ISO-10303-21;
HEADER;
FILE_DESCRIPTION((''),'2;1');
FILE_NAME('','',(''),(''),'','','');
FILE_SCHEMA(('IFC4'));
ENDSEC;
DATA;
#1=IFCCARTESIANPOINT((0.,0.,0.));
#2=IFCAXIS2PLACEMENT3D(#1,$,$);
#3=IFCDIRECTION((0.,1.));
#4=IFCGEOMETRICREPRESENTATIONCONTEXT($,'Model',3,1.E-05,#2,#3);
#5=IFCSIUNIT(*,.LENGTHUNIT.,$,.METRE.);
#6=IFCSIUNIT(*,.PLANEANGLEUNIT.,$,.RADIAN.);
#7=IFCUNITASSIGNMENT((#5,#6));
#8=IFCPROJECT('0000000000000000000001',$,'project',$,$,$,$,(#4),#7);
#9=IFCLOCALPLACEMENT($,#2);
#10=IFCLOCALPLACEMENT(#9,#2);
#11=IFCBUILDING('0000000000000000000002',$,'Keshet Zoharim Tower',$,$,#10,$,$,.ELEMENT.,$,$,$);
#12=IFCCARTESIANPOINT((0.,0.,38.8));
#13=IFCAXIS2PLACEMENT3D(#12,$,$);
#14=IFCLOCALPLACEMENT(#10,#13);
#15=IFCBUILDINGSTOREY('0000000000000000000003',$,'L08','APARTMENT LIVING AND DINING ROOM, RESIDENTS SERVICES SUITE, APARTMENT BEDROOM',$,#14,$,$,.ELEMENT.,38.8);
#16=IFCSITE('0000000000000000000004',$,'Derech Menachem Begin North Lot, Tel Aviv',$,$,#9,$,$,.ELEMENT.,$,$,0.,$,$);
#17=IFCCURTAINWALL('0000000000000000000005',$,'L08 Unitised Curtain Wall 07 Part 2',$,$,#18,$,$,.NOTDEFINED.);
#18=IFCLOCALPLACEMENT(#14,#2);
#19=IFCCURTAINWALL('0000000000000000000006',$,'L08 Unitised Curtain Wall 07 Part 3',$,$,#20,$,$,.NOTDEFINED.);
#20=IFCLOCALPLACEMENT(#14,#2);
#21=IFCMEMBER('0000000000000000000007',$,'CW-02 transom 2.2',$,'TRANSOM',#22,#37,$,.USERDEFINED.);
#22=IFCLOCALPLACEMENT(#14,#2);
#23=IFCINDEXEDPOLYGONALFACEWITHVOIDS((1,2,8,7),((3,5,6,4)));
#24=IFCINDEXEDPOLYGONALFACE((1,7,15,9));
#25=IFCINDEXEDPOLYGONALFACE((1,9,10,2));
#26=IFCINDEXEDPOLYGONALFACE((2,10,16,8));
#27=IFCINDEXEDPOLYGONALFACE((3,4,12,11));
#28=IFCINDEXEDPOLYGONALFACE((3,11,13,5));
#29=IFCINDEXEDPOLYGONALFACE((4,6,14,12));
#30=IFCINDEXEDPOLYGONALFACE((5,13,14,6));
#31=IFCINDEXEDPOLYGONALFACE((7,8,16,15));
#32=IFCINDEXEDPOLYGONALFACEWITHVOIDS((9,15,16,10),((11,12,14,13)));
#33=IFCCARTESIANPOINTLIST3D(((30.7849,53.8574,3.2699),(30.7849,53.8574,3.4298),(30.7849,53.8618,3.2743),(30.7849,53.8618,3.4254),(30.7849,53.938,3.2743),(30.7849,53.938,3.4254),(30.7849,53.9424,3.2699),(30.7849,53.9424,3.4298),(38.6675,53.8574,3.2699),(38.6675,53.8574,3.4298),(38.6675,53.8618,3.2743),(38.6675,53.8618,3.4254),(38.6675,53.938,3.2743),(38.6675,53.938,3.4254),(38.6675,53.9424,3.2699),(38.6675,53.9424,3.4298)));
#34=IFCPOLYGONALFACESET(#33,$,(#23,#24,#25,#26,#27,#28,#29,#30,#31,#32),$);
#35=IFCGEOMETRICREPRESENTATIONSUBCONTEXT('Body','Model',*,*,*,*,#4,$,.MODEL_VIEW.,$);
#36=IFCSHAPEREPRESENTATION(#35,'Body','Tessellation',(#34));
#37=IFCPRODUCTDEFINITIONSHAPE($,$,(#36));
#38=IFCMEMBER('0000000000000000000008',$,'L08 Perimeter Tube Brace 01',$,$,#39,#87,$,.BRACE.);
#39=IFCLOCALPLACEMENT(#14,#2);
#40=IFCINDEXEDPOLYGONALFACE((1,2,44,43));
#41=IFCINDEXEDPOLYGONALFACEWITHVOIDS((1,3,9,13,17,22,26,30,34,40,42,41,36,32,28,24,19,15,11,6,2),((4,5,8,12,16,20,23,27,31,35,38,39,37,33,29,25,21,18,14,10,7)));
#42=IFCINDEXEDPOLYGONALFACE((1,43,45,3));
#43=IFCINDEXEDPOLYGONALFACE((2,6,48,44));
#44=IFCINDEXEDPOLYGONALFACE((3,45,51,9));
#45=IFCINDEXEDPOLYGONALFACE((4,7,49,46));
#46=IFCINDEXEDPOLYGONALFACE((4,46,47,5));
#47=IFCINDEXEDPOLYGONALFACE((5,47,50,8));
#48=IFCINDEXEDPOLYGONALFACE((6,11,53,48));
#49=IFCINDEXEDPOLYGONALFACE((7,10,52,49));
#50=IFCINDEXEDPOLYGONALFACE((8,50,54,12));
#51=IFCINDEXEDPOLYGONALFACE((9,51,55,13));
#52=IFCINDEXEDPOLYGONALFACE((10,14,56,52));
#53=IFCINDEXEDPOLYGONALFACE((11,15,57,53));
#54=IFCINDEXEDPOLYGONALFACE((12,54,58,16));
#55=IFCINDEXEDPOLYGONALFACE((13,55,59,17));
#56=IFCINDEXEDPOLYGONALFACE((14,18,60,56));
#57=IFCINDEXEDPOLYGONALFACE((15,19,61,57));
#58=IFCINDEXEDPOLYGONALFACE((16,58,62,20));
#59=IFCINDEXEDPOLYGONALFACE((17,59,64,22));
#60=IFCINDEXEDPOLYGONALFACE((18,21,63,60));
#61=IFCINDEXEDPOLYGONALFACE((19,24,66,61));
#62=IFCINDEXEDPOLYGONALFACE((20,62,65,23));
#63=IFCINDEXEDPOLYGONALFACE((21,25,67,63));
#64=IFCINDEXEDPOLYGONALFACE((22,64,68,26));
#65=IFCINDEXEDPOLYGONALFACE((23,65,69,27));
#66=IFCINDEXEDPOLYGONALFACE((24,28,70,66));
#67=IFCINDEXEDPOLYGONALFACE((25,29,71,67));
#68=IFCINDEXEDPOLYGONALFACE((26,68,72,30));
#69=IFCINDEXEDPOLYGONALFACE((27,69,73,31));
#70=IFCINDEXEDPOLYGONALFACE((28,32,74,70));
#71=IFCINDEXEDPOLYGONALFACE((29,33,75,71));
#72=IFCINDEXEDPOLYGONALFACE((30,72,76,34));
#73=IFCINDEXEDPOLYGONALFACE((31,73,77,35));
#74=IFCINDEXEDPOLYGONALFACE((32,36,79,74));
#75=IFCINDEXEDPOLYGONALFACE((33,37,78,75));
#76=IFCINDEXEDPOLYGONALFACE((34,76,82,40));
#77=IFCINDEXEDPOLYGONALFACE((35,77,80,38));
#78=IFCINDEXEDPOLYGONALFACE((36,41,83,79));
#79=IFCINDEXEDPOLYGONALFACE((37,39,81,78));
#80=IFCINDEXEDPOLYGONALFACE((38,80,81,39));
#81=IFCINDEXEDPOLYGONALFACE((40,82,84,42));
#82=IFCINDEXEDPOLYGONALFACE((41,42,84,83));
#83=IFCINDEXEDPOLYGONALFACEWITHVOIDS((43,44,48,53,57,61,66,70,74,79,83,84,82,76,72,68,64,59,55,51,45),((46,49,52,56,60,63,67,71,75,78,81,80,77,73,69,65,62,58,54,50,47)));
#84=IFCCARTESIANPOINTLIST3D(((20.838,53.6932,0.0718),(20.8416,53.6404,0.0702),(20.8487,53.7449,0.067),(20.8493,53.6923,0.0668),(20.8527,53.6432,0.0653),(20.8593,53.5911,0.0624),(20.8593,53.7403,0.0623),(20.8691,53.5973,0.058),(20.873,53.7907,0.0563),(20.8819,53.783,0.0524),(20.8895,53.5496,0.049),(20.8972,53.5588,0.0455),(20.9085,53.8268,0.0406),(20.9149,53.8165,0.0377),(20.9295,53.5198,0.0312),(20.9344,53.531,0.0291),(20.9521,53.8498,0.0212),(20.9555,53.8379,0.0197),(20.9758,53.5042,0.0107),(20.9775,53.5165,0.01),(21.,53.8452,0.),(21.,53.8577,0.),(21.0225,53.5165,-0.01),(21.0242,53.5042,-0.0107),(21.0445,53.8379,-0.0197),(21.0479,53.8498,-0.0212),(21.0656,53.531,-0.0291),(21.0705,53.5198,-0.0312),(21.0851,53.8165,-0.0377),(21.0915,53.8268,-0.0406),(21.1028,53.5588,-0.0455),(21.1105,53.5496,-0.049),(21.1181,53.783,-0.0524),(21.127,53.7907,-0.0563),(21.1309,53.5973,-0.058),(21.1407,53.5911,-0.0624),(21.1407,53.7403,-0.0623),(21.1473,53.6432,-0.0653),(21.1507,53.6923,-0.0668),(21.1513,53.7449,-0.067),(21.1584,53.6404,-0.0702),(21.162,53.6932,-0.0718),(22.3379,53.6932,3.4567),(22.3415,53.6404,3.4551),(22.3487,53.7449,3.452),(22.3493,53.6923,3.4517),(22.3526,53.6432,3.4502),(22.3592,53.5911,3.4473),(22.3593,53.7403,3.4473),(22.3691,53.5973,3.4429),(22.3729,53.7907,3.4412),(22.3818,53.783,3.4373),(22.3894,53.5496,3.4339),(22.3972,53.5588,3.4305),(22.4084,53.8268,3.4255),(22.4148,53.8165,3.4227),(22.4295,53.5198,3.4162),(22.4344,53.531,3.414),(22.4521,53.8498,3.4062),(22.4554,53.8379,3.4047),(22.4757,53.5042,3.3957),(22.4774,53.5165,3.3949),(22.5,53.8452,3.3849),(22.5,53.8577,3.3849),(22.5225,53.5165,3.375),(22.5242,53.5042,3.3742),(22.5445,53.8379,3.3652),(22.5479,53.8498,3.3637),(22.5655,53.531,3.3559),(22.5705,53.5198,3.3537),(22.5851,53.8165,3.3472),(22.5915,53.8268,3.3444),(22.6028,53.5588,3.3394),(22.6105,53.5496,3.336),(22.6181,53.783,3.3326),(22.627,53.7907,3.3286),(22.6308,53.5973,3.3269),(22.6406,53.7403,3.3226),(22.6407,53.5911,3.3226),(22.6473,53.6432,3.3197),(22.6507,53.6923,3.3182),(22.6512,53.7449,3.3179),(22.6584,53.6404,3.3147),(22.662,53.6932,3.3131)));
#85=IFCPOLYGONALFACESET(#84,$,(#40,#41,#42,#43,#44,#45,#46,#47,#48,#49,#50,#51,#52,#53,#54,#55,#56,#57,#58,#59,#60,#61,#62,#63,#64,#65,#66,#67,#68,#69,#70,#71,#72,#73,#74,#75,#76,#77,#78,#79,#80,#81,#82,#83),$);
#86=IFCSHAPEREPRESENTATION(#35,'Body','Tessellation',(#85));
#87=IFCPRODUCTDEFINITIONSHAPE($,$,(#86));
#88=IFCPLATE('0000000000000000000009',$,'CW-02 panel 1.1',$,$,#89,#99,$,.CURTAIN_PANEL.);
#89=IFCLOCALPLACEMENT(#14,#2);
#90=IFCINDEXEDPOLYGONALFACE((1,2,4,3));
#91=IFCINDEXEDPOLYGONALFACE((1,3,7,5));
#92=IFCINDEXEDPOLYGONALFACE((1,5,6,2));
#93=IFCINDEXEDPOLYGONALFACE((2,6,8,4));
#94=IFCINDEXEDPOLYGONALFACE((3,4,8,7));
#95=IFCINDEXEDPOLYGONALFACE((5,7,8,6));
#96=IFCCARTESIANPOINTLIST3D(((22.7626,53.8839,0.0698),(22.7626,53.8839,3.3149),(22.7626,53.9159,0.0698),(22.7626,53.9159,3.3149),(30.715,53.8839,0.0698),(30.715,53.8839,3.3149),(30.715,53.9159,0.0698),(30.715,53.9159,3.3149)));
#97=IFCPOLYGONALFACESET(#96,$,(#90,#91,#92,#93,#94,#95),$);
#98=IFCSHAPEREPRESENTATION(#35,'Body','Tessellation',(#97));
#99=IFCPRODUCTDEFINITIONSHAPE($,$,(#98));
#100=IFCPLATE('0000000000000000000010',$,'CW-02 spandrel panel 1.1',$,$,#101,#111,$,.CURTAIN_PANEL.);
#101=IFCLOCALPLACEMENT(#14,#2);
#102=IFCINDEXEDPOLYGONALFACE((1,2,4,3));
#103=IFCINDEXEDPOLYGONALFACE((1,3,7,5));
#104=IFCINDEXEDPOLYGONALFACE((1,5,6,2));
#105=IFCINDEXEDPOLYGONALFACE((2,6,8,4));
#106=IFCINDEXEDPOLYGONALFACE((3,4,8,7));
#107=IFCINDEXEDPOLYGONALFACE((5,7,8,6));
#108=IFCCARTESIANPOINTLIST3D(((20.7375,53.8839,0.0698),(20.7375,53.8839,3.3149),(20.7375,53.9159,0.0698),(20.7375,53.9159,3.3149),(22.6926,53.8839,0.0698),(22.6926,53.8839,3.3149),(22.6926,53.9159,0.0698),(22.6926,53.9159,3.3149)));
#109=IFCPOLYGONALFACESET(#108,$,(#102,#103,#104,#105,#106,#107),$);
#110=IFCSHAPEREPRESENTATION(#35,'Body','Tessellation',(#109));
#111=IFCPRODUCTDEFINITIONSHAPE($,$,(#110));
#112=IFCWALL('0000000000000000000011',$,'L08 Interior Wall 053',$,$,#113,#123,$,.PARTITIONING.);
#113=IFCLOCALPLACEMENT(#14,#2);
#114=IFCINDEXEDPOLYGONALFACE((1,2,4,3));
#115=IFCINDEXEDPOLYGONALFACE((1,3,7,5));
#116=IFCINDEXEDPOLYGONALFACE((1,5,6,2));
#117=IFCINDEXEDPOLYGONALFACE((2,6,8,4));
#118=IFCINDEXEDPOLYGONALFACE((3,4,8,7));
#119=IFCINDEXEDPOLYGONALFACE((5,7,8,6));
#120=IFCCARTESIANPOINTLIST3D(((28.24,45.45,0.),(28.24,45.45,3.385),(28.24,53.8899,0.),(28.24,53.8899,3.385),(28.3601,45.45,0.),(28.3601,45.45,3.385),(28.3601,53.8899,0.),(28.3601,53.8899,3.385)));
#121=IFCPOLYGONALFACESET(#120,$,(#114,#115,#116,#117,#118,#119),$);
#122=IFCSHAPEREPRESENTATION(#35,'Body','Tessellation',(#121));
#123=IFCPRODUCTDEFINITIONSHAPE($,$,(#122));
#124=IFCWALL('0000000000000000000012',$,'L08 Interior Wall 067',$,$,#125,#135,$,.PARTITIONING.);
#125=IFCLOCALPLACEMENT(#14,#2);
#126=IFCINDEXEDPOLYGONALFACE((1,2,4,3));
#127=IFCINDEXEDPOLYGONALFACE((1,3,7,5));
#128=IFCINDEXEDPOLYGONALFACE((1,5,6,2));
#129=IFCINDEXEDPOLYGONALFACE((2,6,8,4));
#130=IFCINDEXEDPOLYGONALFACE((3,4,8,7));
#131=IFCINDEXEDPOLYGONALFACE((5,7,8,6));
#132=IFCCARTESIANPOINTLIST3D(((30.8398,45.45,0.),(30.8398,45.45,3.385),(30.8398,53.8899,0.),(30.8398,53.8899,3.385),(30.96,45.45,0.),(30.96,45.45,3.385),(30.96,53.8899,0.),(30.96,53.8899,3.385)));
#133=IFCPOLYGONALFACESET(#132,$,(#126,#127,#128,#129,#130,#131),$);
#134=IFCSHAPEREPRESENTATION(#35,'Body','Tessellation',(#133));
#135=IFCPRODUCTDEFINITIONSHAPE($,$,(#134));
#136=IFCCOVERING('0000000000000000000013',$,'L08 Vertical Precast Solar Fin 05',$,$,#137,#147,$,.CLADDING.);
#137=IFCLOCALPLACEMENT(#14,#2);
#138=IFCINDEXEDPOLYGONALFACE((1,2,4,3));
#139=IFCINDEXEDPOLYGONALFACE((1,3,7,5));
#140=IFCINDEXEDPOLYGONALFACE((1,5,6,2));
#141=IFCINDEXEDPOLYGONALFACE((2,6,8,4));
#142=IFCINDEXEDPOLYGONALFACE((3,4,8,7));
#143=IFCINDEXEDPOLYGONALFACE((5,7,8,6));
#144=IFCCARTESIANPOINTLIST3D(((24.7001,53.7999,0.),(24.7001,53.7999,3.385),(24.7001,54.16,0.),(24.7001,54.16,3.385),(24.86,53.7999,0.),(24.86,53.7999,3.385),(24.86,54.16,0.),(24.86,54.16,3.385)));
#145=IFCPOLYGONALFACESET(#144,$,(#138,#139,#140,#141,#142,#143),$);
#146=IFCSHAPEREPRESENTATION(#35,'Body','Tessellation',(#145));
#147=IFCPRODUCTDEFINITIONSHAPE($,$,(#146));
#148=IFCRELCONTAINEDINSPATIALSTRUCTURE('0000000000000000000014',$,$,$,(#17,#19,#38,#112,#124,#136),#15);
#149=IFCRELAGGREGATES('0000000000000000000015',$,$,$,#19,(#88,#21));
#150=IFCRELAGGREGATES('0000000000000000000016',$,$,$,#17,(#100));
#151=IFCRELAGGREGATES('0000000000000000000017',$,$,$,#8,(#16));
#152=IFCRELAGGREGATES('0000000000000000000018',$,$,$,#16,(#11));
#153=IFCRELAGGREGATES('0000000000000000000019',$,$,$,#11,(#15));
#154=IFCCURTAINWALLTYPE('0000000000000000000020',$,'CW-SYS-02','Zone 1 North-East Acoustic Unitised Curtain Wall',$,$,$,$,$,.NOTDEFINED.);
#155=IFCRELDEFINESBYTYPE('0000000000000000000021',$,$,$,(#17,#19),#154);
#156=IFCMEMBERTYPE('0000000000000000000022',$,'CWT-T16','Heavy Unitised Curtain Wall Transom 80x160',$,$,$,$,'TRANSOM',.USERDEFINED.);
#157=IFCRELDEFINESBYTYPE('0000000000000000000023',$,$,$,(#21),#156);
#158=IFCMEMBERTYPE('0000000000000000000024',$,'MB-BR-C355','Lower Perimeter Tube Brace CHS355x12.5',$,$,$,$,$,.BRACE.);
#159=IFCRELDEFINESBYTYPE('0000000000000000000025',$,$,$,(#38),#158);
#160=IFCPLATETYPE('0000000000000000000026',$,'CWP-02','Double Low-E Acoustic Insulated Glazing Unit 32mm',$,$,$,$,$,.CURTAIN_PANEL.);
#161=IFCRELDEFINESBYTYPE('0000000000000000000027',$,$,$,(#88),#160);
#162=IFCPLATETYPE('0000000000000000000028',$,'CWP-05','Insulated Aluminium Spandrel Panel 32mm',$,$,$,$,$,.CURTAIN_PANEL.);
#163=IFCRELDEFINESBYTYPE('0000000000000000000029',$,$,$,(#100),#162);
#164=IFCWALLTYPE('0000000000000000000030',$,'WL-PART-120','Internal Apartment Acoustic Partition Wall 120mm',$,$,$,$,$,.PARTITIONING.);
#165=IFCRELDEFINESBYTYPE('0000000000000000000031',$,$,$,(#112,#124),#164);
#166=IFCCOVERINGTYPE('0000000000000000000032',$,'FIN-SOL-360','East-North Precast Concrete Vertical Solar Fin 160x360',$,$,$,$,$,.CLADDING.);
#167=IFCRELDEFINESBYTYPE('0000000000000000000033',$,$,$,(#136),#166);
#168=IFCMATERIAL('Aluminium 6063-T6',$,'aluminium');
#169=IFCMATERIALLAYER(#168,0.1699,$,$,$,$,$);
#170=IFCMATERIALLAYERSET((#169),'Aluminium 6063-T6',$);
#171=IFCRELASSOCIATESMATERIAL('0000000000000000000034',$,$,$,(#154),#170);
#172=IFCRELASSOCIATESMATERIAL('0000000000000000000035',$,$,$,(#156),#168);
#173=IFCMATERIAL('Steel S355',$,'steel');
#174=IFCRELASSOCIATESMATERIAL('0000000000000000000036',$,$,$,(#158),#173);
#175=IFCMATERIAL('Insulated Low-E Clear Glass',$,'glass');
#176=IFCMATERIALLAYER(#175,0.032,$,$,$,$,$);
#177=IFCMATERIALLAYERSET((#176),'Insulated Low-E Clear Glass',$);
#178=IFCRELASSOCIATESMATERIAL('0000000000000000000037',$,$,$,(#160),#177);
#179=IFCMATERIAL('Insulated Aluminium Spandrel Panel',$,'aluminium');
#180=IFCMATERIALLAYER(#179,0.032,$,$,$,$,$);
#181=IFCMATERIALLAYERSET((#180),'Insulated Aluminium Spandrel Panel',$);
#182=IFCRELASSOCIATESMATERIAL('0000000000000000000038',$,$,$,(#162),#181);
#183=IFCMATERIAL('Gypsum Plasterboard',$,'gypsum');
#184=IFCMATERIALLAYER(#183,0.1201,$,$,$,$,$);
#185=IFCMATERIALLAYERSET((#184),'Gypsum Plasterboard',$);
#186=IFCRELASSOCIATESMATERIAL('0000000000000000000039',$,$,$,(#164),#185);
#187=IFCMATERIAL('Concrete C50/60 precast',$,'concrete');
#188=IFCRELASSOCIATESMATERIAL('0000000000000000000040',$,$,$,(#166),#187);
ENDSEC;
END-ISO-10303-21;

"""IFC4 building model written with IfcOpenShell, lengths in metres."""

from ifc_helpers import new_model, si_unit, direction, frame, frame_2d, origin, origin_2d, place, context, subcontext, project, spatial, rectangle, hollow_rectangle, hollow_circle, extrude, material, layer, layer_set, material_profile, profile_set, type_object, element, aggregate, save


model = new_model("IFC4")

# Units and contexts
model_context = context("Model", 3, precision=1e-05, world=origin(), true_north=direction((0.0, 1.0)))
body_context = subcontext(model_context, "Body", "Model", "MODEL_VIEW")
ifc_project = project(units=[si_unit("LENGTHUNIT", "METRE"), si_unit("PLANEANGLEUNIT", "RADIAN")], contexts=[model_context])

# Site, building, storey
site_placement = place(None, origin())
site = spatial("IfcSite", under=ifc_project, at=site_placement, Name="Derech Menachem Begin North Lot, Tel Aviv", CompositionType="ELEMENT", RefElevation=0.0)
building_placement = place(site_placement, origin())
building = spatial("IfcBuilding", under=site, at=building_placement, Name="Keshet Zoharim Tower", CompositionType="ELEMENT")
storey_placement = place(building_placement, frame((0.0, 0.0, 38.8)))
storey = spatial("IfcBuildingStorey", under=building, at=storey_placement, Name="L08", Description="APARTMENT LIVING AND DINING ROOM, RESIDENTS SERVICES SUITE, APARTMENT BEDROOM", CompositionType="ELEMENT", Elevation=38.8)

# Shared definitions
ifc_material_1 = material(Name="Steel S355", Category="steel")

# Curtain wall
ifc_material_2 = material(Name="Aluminium 6063-T6", Category="aluminium")
ifc_layer_1 = layer(ifc_material_2, 0.1699)
ifc_layer_set_1 = layer_set([ifc_layer_1], Name="Aluminium 6063-T6")
curtain_wall_type = type_object("IfcCurtainWallType", Name="CW-SYS-02", Description="Zone 1 North-East Acoustic Unitised Curtain Wall", PredefinedType="NOTDEFINED", material=ifc_layer_set_1)
curtain_wall_1_placement = place(storey_placement, origin())
curtain_wall_1 = element("IfcCurtainWall", 1, at=curtain_wall_1_placement, inside=storey, type_object=curtain_wall_type, Name="L08 Unitised Curtain Wall 07 Part 2", PredefinedType="NOTDEFINED")

# Curtain wall, member
curtain_wall_2_placement = place(storey_placement, origin())
curtain_wall_2 = element("IfcCurtainWall", 2, at=curtain_wall_2_placement, inside=storey, type_object=curtain_wall_type, Name="L08 Unitised Curtain Wall 07 Part 3", PredefinedType="NOTDEFINED")
ifc_material_profile_1 = material_profile(ifc_material_2, hollow_rectangle(XDim=0.085, YDim=0.1599, WallThickness=0.0044, at=origin_2d()), Name="TRN-85x160")
ifc_profile_set_1 = profile_set([ifc_material_profile_1], Name="Aluminium 6063-T6")
member_type_1 = type_object("IfcMemberType", Name="CWT-T16", Description="Heavy Unitised Curtain Wall Transom 80x160", ElementType="TRANSOM", PredefinedType="USERDEFINED", material=ifc_profile_set_1)
member_1_placement = place(storey_placement, frame((30.7849, 53.8999, 3.3499), z_axis=(1.0, 0.0, 0.0), x_axis=(0.0, 1.0, 0.0)))
member_1 = element("IfcMember", 3, at=member_1_placement, type_object=member_type_1, Name="CW-02 transom 2.2", ObjectType="TRANSOM", PredefinedType="USERDEFINED", context=body_context, shape_type="SweptSolid", body=[
    extrude(hollow_rectangle(XDim=0.085, YDim=0.1599, WallThickness=0.0044, at=origin_2d()), origin(), (0.0, 0.0, 1.0), 7.8826),
])

# Member
ifc_material_profile_2 = material_profile(ifc_material_1, hollow_circle(Radius=0.1777, WallThickness=0.0125, at=origin_2d()), Name="CHS355x12.5")
ifc_profile_set_2 = profile_set([ifc_material_profile_2], Name="Steel S355")
member_type_2 = type_object("IfcMemberType", Name="MB-BR-C355", Description="Lower Perimeter Tube Brace CHS355x12.5", PredefinedType="BRACE", material=ifc_profile_set_2)
member_2_placement = place(storey_placement, frame((21.0, 53.6799, 0.0), z_axis=(0.405135, 0.0, 0.914257), x_axis=(0.0, 1.0, 0.0)))
element("IfcMember", 4, at=member_2_placement, inside=storey, type_object=member_type_2, Name="L08 Perimeter Tube Brace 01", PredefinedType="BRACE", context=body_context, shape_type="SweptSolid", body=[
    extrude(hollow_circle(Radius=0.1777, WallThickness=0.0125, at=origin_2d()), origin(), (0.0, 0.0, 1.0), 3.7024),
])

# Plates
ifc_material_3 = material(Name="Insulated Low-E Clear Glass", Category="glass")
ifc_layer_2 = layer(ifc_material_3, 0.032)
ifc_layer_set_2 = layer_set([ifc_layer_2], Name="Insulated Low-E Clear Glass")
plate_type_1 = type_object("IfcPlateType", Name="CWP-02", Description="Double Low-E Acoustic Insulated Glazing Unit 32mm", PredefinedType="CURTAIN_PANEL", material=ifc_layer_set_2)
plate_1_placement = place(storey_placement, frame((26.7388, 53.8999, 0.0698), z_axis=(0.0, 0.0, 1.0), x_axis=(1.0, 0.0, 0.0)))
plate_1 = element("IfcPlate", 5, at=plate_1_placement, type_object=plate_type_1, Name="CW-02 panel 1.1", PredefinedType="CURTAIN_PANEL", context=body_context, shape_type="SweptSolid", body=[
    extrude(rectangle(XDim=7.9524, YDim=0.032, at=origin_2d()), origin(), (0.0, 0.0, 1.0), 3.2451),
])
aggregate(curtain_wall_2, [plate_1, member_1])
ifc_material_4 = material(Name="Insulated Aluminium Spandrel Panel", Category="aluminium")
ifc_layer_3 = layer(ifc_material_4, 0.032)
ifc_layer_set_3 = layer_set([ifc_layer_3], Name="Insulated Aluminium Spandrel Panel")
plate_type_2 = type_object("IfcPlateType", Name="CWP-05", Description="Insulated Aluminium Spandrel Panel 32mm", PredefinedType="CURTAIN_PANEL", material=ifc_layer_set_3)
plate_2_placement = place(storey_placement, frame((21.7151, 53.8999, 0.0698), z_axis=(0.0, 0.0, 1.0), x_axis=(1.0, 0.0, 0.0)))
plate_2 = element("IfcPlate", 6, at=plate_2_placement, type_object=plate_type_2, Name="CW-02 spandrel panel 1.1", PredefinedType="CURTAIN_PANEL", context=body_context, shape_type="SweptSolid", body=[
    extrude(rectangle(XDim=1.9551, YDim=0.032, at=origin_2d()), origin(), (0.0, 0.0, 1.0), 3.2451),
])
aggregate(curtain_wall_1, [plate_2])

# Walls
ifc_material_5 = material(Name="Gypsum Plasterboard", Category="gypsum")
ifc_layer_4 = layer(ifc_material_5, 0.1201)
ifc_layer_set_4 = layer_set([ifc_layer_4], Name="Gypsum Plasterboard")
wall_type = type_object("IfcWallType", Name="WL-PART-120", Description="Internal Apartment Acoustic Partition Wall 120mm", PredefinedType="PARTITIONING", material=ifc_layer_set_4)
for number, where, z_axis, x_axis, name in (
    (7, (28.3, 45.45, 0.0), (0.0, 0.0, 1.0), (0.0, 1.0, 0.0), "L08 Interior Wall 053"),
    (8, (30.8999, 45.45, 0.0), (0.0, 0.0, 1.0), (0.0, 1.0, 0.0), "L08 Interior Wall 067"),
):
    element("IfcWall", number, at=place(storey_placement, frame(where, z_axis=z_axis, x_axis=x_axis)), inside=storey, type_object=wall_type, Name=name, PredefinedType="PARTITIONING", context=body_context, shape_type="SweptSolid", body=[
        extrude(rectangle(XDim=8.4399, YDim=0.1201, at=frame_2d((4.22, 0.0))), origin(), (0.0, 0.0, 1.0), 3.385),
    ])

# Covering
ifc_material_6 = material(Name="Concrete C50/60 precast", Category="concrete")
covering_type = type_object("IfcCoveringType", Name="FIN-SOL-360", Description="East-North Precast Concrete Vertical Solar Fin 160x360", PredefinedType="CLADDING", material=ifc_material_6)
covering_placement = place(storey_placement, frame((24.78, 53.98, 0.0), z_axis=(0.0, 0.0, 1.0), x_axis=(1.0, 0.0, 0.0)))
element("IfcCovering", 9, at=covering_placement, inside=storey, type_object=covering_type, Name="L08 Vertical Precast Solar Fin 05", PredefinedType="CLADDING", context=body_context, shape_type="SweptSolid", body=[
    extrude(rectangle(XDim=0.1599, YDim=0.3601, at=origin_2d()), origin(), (0.0, 0.0, 1.0), 3.385),
])

save(model, "model.ifc")
